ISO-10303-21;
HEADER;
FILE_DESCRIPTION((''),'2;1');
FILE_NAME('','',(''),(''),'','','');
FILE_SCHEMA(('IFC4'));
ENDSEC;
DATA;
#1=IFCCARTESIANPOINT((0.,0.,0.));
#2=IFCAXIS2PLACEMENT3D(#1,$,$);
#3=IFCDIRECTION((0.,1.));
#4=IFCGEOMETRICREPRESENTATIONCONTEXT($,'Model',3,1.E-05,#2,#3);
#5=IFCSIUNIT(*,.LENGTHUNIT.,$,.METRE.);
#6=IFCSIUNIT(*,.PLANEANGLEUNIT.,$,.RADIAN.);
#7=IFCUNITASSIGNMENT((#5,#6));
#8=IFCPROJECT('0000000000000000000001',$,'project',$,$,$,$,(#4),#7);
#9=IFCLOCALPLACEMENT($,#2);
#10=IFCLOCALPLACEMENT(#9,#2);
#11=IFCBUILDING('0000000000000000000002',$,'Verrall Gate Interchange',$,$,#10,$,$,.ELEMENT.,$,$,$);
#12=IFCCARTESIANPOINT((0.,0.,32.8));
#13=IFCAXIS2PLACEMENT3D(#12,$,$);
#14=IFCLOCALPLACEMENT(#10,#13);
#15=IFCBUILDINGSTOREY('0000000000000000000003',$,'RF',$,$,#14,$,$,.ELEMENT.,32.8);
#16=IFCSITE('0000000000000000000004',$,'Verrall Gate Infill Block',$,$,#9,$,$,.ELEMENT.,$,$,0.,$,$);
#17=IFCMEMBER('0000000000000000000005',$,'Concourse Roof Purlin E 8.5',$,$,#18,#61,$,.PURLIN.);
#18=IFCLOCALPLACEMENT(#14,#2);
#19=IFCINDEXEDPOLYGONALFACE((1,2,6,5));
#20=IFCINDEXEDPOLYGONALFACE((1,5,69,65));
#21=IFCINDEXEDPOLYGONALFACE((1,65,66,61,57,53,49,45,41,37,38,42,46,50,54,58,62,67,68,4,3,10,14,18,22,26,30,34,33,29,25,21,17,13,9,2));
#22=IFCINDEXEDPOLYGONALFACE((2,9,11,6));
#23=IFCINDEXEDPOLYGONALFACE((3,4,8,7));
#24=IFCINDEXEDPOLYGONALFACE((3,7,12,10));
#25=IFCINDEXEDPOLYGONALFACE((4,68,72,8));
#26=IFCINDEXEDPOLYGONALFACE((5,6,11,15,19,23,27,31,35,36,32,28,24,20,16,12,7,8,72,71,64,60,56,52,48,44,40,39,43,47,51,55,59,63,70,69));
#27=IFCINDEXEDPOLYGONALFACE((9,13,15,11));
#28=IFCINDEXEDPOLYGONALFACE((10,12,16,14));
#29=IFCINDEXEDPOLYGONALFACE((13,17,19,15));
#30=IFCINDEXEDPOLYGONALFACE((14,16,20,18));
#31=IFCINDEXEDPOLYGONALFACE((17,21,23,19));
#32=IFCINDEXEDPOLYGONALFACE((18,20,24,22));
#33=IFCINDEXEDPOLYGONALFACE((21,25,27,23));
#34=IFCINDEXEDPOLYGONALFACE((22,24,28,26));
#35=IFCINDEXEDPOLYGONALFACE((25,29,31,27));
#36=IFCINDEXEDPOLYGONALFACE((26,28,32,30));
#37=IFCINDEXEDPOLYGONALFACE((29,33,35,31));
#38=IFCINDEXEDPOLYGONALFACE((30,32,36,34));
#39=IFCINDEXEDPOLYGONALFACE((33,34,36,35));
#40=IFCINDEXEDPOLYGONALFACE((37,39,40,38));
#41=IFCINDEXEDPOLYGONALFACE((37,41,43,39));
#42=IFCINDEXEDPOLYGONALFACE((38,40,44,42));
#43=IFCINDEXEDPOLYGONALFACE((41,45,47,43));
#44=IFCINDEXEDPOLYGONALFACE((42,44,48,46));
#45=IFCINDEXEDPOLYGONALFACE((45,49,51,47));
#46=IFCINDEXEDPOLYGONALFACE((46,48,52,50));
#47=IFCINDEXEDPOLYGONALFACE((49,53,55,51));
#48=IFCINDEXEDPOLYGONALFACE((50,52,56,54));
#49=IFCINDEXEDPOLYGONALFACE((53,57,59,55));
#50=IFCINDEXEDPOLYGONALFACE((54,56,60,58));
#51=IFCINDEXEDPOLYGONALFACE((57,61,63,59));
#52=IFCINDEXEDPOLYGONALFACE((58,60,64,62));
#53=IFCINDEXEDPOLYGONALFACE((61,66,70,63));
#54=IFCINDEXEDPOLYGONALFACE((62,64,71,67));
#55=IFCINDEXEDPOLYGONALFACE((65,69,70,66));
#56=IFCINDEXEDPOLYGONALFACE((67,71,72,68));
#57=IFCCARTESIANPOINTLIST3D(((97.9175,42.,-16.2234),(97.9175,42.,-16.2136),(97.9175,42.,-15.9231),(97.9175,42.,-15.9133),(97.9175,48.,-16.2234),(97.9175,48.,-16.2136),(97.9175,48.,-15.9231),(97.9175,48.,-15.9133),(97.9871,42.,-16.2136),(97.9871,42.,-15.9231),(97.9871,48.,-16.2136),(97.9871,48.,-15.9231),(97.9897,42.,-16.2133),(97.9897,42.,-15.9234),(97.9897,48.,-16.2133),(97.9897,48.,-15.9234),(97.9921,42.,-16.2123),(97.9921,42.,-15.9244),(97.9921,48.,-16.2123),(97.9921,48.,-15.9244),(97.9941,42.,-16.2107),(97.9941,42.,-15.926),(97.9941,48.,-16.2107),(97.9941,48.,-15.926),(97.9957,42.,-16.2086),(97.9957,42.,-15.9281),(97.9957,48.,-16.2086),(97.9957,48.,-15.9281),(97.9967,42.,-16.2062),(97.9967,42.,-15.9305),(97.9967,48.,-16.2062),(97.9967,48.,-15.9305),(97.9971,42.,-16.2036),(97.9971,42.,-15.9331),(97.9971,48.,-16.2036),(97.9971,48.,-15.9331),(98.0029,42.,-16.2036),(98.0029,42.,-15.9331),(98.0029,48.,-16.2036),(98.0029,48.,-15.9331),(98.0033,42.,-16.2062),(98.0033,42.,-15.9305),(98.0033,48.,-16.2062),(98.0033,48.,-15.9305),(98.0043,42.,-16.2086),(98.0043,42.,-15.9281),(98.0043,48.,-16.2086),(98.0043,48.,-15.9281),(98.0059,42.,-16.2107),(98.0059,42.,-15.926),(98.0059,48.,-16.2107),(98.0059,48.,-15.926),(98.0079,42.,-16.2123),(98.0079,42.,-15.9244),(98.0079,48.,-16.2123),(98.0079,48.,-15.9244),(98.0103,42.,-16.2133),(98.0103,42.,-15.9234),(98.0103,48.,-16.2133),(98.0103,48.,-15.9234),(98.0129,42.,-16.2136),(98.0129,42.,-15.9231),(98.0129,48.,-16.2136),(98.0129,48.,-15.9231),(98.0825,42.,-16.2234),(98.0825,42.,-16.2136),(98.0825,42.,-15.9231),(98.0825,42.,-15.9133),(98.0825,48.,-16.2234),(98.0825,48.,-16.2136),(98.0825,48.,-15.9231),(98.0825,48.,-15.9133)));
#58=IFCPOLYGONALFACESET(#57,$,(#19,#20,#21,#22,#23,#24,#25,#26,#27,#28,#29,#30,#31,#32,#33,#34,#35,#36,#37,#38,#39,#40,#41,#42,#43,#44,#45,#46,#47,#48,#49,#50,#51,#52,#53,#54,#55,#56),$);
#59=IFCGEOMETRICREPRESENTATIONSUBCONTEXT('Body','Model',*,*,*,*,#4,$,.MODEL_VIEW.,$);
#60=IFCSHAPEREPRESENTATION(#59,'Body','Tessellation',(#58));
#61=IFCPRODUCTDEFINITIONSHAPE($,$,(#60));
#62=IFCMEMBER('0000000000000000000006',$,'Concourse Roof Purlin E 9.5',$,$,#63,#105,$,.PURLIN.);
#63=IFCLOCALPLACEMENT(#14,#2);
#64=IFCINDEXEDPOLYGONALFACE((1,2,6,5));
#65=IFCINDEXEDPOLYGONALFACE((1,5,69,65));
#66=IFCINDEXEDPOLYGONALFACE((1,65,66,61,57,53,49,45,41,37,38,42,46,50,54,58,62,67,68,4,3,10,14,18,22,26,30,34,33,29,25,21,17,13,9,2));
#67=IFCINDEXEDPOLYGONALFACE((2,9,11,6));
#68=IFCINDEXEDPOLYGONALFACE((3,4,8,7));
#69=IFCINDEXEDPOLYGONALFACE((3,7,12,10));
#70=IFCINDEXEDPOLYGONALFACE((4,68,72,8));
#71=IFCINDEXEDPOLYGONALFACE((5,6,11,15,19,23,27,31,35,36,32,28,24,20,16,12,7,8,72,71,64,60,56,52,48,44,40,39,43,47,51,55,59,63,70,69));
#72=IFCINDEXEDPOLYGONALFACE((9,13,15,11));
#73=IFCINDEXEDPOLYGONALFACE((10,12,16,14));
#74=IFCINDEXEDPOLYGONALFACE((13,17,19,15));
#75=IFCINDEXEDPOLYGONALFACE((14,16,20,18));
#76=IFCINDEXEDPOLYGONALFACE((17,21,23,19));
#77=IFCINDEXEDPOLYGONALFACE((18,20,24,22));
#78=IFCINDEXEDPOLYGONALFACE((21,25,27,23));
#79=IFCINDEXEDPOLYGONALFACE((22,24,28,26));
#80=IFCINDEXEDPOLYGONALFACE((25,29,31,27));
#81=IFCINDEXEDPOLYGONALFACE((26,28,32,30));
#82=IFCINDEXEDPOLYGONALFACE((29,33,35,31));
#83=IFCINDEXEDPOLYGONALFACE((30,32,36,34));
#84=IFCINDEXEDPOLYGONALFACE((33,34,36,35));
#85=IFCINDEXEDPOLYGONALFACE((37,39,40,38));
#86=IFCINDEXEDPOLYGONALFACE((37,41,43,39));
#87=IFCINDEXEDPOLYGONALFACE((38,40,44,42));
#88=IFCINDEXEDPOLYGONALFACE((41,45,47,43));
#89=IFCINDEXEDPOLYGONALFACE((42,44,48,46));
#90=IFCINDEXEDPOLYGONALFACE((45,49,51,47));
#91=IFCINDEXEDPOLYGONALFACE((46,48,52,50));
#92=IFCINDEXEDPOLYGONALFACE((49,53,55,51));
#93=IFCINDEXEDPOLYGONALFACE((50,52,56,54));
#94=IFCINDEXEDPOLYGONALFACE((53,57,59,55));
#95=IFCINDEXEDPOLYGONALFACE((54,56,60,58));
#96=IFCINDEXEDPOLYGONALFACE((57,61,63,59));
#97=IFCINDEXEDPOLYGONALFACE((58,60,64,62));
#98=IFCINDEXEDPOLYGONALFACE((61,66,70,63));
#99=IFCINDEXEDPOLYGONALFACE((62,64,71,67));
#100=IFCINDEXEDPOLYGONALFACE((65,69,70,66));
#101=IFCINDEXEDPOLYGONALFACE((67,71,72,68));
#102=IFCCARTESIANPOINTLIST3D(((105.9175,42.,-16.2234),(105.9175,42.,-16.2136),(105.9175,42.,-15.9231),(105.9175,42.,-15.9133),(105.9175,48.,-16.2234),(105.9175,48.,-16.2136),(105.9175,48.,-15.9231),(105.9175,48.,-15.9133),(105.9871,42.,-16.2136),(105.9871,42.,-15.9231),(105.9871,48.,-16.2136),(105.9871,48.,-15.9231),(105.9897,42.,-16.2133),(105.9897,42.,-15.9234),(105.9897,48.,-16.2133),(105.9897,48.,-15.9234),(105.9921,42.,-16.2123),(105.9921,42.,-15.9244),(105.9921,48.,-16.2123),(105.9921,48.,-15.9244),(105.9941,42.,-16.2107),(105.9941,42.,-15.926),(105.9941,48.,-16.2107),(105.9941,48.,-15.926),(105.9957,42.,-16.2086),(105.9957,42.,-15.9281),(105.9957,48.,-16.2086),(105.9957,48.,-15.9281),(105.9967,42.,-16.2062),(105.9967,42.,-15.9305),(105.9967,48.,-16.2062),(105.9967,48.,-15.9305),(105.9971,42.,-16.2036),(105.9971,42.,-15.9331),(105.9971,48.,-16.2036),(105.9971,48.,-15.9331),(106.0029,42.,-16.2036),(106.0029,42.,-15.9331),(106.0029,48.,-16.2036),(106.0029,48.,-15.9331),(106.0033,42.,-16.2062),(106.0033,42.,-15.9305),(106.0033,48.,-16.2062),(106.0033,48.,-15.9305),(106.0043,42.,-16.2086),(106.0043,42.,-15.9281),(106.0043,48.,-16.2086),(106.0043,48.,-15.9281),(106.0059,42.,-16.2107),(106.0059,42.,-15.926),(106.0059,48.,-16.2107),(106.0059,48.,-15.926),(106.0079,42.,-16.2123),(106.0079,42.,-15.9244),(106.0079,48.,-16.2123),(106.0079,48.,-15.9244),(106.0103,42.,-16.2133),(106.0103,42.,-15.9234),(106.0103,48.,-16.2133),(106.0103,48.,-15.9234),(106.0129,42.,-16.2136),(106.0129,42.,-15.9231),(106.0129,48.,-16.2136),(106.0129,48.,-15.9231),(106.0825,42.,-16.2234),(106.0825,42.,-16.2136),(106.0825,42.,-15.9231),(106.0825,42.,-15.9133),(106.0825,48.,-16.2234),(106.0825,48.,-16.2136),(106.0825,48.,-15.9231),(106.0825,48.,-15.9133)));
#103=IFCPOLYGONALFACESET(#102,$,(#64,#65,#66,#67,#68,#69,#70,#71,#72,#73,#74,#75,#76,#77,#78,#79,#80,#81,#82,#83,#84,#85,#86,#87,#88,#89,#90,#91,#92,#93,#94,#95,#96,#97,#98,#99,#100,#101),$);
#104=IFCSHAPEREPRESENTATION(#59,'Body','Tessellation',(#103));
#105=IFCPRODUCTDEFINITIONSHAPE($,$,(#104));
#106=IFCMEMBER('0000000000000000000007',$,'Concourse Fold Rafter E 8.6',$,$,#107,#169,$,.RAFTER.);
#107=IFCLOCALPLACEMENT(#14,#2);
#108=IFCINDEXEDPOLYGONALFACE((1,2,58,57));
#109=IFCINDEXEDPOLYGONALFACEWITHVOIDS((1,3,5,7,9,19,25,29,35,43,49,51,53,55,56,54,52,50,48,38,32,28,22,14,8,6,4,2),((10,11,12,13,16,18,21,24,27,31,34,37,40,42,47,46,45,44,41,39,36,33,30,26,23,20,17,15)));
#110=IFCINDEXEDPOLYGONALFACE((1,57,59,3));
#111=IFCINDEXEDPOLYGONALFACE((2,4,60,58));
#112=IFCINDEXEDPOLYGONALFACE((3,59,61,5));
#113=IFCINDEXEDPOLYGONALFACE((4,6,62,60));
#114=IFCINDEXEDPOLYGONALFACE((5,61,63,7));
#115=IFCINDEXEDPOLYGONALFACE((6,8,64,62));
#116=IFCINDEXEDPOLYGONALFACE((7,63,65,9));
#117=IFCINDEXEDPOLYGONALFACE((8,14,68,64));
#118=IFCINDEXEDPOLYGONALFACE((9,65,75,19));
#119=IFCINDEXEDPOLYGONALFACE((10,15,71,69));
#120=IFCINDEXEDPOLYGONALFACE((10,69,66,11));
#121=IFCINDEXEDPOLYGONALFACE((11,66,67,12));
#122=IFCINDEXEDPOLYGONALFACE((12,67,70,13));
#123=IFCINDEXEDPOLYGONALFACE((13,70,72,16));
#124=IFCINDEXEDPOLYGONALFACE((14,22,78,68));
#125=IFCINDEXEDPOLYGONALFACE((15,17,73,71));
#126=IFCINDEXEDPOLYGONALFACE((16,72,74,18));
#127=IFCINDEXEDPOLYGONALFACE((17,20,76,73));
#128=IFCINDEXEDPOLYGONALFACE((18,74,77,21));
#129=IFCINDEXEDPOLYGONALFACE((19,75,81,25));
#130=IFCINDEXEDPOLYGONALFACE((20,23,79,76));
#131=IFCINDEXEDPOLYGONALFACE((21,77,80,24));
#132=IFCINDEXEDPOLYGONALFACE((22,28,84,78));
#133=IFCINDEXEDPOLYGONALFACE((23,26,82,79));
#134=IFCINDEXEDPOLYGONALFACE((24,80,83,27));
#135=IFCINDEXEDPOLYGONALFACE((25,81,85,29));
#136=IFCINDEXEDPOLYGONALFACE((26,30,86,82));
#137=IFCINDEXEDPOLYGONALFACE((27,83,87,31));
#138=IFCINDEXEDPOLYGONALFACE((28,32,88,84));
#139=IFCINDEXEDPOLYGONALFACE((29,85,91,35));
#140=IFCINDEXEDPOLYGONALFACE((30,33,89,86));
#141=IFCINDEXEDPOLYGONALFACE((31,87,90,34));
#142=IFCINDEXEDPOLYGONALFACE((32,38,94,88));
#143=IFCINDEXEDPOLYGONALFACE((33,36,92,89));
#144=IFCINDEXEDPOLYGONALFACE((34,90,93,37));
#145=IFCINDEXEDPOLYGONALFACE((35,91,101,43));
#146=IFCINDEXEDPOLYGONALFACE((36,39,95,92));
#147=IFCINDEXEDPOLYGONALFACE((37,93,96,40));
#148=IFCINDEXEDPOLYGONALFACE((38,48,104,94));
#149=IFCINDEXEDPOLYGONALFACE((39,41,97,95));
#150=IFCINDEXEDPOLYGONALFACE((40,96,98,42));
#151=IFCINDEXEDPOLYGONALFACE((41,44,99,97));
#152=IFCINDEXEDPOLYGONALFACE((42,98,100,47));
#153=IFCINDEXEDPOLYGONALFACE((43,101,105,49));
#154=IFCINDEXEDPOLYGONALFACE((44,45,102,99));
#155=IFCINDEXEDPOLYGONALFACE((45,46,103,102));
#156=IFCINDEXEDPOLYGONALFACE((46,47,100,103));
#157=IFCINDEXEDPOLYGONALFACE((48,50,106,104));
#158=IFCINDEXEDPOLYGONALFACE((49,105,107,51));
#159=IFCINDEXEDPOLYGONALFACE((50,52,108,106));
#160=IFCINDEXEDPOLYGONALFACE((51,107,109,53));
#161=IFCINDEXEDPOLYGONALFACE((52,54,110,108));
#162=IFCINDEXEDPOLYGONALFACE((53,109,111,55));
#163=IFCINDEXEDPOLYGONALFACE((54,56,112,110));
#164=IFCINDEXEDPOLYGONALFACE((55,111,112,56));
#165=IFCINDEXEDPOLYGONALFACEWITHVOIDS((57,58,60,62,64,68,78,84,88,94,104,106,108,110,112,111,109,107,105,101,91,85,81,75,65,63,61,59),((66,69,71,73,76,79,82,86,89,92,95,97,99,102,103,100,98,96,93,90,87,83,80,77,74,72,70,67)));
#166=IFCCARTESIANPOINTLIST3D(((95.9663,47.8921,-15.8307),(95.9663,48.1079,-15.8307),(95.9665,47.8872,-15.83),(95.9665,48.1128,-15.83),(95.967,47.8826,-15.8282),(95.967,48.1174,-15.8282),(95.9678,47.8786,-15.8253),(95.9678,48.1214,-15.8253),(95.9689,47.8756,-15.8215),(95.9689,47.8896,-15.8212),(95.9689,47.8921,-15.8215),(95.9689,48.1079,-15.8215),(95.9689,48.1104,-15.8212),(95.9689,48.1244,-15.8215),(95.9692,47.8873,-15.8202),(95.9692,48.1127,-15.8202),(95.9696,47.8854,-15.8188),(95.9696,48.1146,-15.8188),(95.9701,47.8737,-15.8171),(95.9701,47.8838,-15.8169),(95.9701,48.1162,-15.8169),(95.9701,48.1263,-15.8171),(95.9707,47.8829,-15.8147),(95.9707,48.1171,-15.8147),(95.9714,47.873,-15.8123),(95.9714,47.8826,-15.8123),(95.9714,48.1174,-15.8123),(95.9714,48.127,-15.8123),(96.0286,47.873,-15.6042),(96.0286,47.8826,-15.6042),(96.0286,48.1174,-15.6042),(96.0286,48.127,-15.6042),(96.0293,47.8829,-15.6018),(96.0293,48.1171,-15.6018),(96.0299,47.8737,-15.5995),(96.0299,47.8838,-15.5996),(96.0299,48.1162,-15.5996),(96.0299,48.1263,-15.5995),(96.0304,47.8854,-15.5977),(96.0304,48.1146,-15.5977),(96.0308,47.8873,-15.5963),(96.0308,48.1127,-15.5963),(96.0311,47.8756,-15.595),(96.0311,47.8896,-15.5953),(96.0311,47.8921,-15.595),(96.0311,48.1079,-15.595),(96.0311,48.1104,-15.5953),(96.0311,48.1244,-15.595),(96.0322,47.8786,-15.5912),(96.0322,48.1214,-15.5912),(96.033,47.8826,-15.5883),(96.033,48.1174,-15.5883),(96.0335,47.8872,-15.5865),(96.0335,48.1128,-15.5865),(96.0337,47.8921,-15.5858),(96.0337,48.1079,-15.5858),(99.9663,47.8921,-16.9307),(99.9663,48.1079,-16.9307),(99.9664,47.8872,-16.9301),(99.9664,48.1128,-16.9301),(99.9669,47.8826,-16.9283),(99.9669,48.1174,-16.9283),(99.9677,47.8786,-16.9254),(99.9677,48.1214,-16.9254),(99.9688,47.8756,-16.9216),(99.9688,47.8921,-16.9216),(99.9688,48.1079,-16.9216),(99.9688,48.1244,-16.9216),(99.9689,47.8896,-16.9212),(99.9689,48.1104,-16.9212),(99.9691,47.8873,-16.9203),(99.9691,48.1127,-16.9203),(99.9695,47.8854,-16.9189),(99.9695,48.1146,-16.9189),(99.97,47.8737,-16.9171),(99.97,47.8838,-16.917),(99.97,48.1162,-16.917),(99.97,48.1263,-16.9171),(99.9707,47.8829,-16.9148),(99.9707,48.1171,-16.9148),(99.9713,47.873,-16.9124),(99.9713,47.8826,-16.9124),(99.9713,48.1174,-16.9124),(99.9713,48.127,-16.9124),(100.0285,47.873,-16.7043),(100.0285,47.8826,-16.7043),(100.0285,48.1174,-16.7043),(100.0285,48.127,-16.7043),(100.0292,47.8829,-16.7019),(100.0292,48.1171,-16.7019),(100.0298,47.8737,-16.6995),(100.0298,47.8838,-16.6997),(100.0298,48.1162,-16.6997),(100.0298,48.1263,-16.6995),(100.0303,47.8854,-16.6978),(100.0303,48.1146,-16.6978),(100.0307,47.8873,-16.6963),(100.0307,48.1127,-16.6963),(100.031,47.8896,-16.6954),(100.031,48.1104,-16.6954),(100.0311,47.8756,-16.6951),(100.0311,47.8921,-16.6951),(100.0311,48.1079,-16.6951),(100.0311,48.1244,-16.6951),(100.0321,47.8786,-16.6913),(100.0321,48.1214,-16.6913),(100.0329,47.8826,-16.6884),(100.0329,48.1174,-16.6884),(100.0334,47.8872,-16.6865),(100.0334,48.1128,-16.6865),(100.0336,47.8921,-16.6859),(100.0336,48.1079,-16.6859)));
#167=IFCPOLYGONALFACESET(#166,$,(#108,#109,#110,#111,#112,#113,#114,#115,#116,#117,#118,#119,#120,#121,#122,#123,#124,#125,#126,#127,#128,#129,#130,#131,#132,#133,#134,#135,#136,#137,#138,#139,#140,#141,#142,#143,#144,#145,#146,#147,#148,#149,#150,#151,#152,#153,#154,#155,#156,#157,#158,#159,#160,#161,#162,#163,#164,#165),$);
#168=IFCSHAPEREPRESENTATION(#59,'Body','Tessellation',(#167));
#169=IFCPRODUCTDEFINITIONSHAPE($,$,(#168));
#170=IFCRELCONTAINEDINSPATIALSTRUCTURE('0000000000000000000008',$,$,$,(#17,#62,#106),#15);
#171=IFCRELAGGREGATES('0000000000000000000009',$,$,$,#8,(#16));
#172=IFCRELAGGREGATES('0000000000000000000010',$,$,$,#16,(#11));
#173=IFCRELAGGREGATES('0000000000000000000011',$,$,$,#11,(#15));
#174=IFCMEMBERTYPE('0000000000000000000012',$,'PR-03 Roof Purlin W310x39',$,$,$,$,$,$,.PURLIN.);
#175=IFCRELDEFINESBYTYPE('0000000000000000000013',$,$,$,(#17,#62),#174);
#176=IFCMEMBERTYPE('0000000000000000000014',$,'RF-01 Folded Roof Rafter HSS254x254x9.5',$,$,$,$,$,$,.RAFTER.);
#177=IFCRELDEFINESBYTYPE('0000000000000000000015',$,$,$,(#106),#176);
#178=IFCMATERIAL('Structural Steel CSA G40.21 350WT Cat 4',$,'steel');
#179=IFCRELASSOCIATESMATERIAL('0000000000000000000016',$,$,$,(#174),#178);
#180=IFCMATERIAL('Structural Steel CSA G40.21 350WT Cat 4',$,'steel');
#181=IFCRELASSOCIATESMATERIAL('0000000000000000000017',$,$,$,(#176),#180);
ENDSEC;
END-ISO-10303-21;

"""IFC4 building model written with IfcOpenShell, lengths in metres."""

from ifc_helpers import new_model, si_unit, direction, frame, origin, origin_2d, place, context, subcontext, project, spatial, hollow_rectangle, i_section, extrude, material, material_profile, profile_set, type_object, element, save


model = new_model("IFC4")

# Units and contexts
model_context = context("Model", 3, precision=1e-05, world=origin(), true_north=direction((0.0, 1.0)))
body_context = subcontext(model_context, "Body", "Model", "MODEL_VIEW")
ifc_project = project(units=[si_unit("LENGTHUNIT", "METRE"), si_unit("PLANEANGLEUNIT", "RADIAN")], contexts=[model_context])

# Site, building, storey
site_placement = place(None, origin())
site = spatial("IfcSite", under=ifc_project, at=site_placement, Name="Verrall Gate Infill Block", CompositionType="ELEMENT", RefElevation=0.0)
building_placement = place(site_placement, origin())
building = spatial("IfcBuilding", under=site, at=building_placement, Name="Verrall Gate Interchange", CompositionType="ELEMENT")
storey_placement = place(building_placement, frame((0.0, 0.0, 32.8)))
storey = spatial("IfcBuildingStorey", under=building, at=storey_placement, Name="RF", CompositionType="ELEMENT", Elevation=32.8)

# Members
ifc_material_1 = material(Name="Structural Steel CSA G40.21 350WT Cat 4", Category="steel")
ifc_material_profile_1 = material_profile(ifc_material_1, i_section(OverallWidth=0.165, OverallDepth=0.3101, WebThickness=0.0059, FlangeThickness=0.0098, FilletRadius=0.01, at=origin_2d()), Name="W310x39")
ifc_profile_set_1 = profile_set([ifc_material_profile_1], Name="Structural Steel CSA G40.21 350WT Cat 4")
member_type_1 = type_object("IfcMemberType", Name="PR-03 Roof Purlin W310x39", PredefinedType="PURLIN", material=ifc_profile_set_1)
for number, where, z_axis, x_axis, name in (
    (1, (98.0, 42.0, -16.0684), (0.0, 1.0, 0.0), (-1.0, 0.0, 0.0), "Concourse Roof Purlin E 8.5"),
    (2, (106.0, 42.0, -16.0684), (0.0, 1.0, 0.0), (-1.0, 0.0, 0.0), "Concourse Roof Purlin E 9.5"),
):
    element("IfcMember", number, at=place(storey_placement, frame(where, z_axis=z_axis, x_axis=x_axis)), inside=storey, type_object=member_type_1, Name=name, PredefinedType="PURLIN", context=body_context, shape_type="SweptSolid", body=[
        extrude(i_section(OverallWidth=0.165, OverallDepth=0.3101, WebThickness=0.0059, FlangeThickness=0.0098, FilletRadius=0.01, at=origin_2d()), origin(), (0.0, 0.0, 1.0), 6.0),
    ])
ifc_material_2 = material(Name="Structural Steel CSA G40.21 350WT Cat 4", Category="steel")
ifc_material_profile_2 = material_profile(ifc_material_2, hollow_rectangle(XDim=0.2539, YDim=0.2539, WallThickness=0.0095, InnerFilletRadius=0.0095, OuterFilletRadius=0.019, at=origin_2d()), Name="HSS254x254x9.5")
ifc_profile_set_2 = profile_set([ifc_material_profile_2], Name="Structural Steel CSA G40.21 350WT Cat 4")
member_type_2 = type_object("IfcMemberType", Name="RF-01 Folded Roof Rafter HSS254x254x9.5", PredefinedType="RAFTER", material=ifc_profile_set_2)
for number, where, z_axis, x_axis, name in (
    (3, (96.0, 48.0, -15.7083), (0.964199, 0.0, -0.265178), (0.0, 1.0, 0.0), "Concourse Fold Rafter E 8.6"),
):
    element("IfcMember", number, at=place(storey_placement, frame(where, z_axis=z_axis, x_axis=x_axis)), inside=storey, type_object=member_type_2, Name=name, PredefinedType="RAFTER", context=body_context, shape_type="SweptSolid", body=[
        extrude(hollow_rectangle(XDim=0.2539, YDim=0.2539, WallThickness=0.0095, InnerFilletRadius=0.0095, OuterFilletRadius=0.019, at=origin_2d()), origin(), (0.0, 0.0, 1.0), 4.1484),
    ])

save(model, "model.ifc")
